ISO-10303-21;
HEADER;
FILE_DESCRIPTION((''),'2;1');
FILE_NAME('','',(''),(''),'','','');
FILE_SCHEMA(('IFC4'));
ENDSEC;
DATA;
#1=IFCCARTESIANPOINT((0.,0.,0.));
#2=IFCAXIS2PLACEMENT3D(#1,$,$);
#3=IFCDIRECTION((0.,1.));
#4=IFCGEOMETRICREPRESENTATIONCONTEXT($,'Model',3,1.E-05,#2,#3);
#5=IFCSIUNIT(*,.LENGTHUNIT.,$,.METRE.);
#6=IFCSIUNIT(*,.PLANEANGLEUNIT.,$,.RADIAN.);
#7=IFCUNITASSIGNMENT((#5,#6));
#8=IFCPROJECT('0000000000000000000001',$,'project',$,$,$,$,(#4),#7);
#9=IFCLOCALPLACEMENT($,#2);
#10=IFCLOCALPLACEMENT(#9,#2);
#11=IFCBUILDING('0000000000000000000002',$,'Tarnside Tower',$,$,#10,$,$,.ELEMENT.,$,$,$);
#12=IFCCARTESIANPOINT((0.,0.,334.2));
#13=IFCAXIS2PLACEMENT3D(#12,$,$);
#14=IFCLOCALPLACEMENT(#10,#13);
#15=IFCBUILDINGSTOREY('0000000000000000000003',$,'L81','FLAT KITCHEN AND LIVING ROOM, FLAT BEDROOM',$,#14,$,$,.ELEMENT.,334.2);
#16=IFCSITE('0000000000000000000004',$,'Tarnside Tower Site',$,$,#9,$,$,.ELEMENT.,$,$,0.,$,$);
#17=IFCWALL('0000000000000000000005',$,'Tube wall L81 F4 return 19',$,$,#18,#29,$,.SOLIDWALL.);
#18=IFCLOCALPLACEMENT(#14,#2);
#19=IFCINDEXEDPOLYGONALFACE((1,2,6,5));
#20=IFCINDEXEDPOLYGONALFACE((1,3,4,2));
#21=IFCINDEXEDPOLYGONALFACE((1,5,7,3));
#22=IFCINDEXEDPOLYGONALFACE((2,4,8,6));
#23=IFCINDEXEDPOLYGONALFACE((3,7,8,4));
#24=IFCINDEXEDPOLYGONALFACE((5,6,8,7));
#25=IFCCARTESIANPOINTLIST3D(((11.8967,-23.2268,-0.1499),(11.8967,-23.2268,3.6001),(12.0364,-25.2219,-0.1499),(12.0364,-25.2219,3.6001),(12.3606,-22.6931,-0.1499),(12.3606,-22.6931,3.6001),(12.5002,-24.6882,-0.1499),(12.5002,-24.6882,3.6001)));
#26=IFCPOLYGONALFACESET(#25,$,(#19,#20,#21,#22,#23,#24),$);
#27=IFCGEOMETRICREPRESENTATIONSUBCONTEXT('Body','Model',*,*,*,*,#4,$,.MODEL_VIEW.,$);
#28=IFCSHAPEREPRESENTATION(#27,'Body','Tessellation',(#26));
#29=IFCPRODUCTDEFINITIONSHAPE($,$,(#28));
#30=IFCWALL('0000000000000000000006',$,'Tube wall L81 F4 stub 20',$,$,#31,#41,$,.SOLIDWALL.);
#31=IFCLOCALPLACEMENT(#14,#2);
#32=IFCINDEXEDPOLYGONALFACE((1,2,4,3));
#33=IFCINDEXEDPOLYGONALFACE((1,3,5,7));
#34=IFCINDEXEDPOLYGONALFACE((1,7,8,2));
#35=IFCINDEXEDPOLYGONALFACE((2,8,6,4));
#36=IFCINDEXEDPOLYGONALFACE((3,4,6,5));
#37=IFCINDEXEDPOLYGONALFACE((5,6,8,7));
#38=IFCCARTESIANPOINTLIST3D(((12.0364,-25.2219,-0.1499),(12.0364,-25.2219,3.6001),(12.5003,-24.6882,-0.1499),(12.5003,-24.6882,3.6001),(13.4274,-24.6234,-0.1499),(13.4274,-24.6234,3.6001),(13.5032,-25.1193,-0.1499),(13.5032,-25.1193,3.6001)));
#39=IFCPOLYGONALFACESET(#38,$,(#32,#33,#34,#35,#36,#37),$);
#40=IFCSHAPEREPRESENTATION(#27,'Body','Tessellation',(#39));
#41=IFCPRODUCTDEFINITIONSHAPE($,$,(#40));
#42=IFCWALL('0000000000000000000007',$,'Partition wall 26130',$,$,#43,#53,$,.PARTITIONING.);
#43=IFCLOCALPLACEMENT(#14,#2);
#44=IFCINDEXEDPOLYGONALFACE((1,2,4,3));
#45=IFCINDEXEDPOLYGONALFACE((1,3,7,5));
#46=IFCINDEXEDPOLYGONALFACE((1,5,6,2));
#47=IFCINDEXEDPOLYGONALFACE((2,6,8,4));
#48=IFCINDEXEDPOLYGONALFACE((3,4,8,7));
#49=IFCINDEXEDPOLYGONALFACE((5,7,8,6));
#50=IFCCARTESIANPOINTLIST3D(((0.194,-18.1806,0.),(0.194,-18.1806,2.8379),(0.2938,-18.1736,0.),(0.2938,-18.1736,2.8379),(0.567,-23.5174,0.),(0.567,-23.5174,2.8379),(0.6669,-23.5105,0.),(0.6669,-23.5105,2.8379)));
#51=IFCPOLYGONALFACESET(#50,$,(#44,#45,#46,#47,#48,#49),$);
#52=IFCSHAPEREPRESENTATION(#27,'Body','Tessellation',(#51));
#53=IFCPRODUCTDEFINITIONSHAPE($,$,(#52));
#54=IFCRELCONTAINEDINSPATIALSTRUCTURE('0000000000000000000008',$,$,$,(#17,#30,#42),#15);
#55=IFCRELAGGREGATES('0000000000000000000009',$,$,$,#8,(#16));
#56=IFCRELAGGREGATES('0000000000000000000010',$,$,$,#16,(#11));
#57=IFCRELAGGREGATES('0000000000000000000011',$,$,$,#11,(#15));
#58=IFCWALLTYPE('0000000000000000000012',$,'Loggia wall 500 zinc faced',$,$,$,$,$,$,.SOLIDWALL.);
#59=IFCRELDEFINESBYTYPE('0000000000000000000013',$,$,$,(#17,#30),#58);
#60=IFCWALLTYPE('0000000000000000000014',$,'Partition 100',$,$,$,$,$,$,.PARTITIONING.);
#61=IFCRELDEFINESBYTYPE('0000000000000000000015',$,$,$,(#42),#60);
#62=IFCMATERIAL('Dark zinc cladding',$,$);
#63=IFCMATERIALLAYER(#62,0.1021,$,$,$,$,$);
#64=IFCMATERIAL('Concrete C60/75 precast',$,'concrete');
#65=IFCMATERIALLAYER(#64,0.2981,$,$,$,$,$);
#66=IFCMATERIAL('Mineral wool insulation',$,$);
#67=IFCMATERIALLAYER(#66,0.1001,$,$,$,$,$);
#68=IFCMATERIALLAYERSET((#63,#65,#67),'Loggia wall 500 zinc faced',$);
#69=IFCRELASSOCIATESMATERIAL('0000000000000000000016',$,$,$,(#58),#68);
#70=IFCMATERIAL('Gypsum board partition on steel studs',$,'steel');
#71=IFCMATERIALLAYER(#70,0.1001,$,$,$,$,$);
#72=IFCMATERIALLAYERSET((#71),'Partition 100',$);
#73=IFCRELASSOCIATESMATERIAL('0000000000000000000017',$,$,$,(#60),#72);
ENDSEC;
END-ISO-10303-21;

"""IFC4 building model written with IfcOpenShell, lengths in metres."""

from ifc_helpers import new_model, si_unit, direction, frame, frame_2d, origin, place, context, subcontext, project, spatial, polyline, rectangle, outline, extrude, material, layer, layer_set, type_object, element, save


model = new_model("IFC4")

# Units and contexts
model_context = context("Model", 3, precision=1e-05, world=origin(), true_north=direction((0.0, 1.0)))
body_context = subcontext(model_context, "Body", "Model", "MODEL_VIEW")
ifc_project = project(units=[si_unit("LENGTHUNIT", "METRE"), si_unit("PLANEANGLEUNIT", "RADIAN")], contexts=[model_context])

# Site, building, storey
site_placement = place(None, origin())
site = spatial("IfcSite", under=ifc_project, at=site_placement, Name="Tarnside Tower Site", CompositionType="ELEMENT", RefElevation=0.0)
building_placement = place(site_placement, origin())
building = spatial("IfcBuilding", under=site, at=building_placement, Name="Tarnside Tower", CompositionType="ELEMENT")
storey_placement = place(building_placement, frame((0.0, 0.0, 334.2)))
storey = spatial("IfcBuildingStorey", under=building, at=storey_placement, Name="L81", Description="FLAT KITCHEN AND LIVING ROOM, FLAT BEDROOM", CompositionType="ELEMENT", Elevation=334.2)

# Shared definitions
ifc_material_1 = material(Name="Gypsum board partition on steel studs", Category="steel")

# Walls
ifc_material_2 = material(Name="Dark zinc cladding")
ifc_layer_1 = layer(ifc_material_2, 0.1021)
ifc_material_3 = material(Name="Concrete C60/75 precast", Category="concrete")
ifc_layer_2 = layer(ifc_material_3, 0.2981)
ifc_material_4 = material(Name="Mineral wool insulation")
ifc_layer_3 = layer(ifc_material_4, 0.1001)
ifc_layer_set_1 = layer_set([ifc_layer_1, ifc_layer_2, ifc_layer_3], Name="Loggia wall 500 zinc faced")
wall_type_1 = type_object("IfcWallType", Name="Loggia wall 500 zinc faced", PredefinedType="SOLIDWALL", material=ifc_layer_set_1)
wall_1_placement = place(storey_placement, frame((12.1287, -22.96, -0.1499), z_axis=(0.0, 0.0, 1.0), x_axis=(0.069824, -0.997559, 0.0)))
element("IfcWall", 1, at=wall_1_placement, inside=storey, type_object=wall_type_1, Name="Tube wall L81 F4 return 19", PredefinedType="SOLIDWALL", context=body_context, shape_type="SweptSolid", body=[
    extrude(outline(polyline([(0.25, -0.25), (2.25, -0.25), (1.75, 0.25), (-0.25, 0.25), (0.25, -0.25)])), origin(), (0.0, 0.0, 1.0), 3.75),
])
wall_2_placement = place(storey_placement, frame((12.2683, -24.9551, -0.1499), z_axis=(0.0, 0.0, 1.0), x_axis=(0.997562, 0.069787, 0.0)))
element("IfcWall", 2, at=wall_2_placement, inside=storey, type_object=wall_type_1, Name="Tube wall L81 F4 stub 20", PredefinedType="SOLIDWALL", context=body_context, shape_type="SweptSolid", body=[
    extrude(outline(polyline([(-0.25, -0.25), (1.2205, -0.25), (1.1794, 0.25), (0.25, 0.25), (-0.25, -0.25)])), origin(), (0.0, 0.0, 1.0), 3.75),
])
ifc_layer_4 = layer(ifc_material_1, 0.1001)
ifc_layer_set_2 = layer_set([ifc_layer_4], Name="Partition 100")
wall_type_2 = type_object("IfcWallType", Name="Partition 100", PredefinedType="PARTITIONING", material=ifc_layer_set_2)
wall_3_placement = place(storey_placement, frame((0.2439, -18.1772, 0.0), z_axis=(0.0, 0.0, 1.0), x_axis=(0.069729, -0.997566, 0.0)))
element("IfcWall", 3, at=wall_3_placement, inside=storey, type_object=wall_type_2, Name="Partition wall 26130", PredefinedType="PARTITIONING", context=body_context, shape_type="SweptSolid", body=[
    extrude(rectangle(XDim=5.3499, YDim=0.1001, at=frame_2d((2.6748, 0.0))), origin(), (0.0, 0.0, 1.0), 2.8379),
])

save(model, "model.ifc")
